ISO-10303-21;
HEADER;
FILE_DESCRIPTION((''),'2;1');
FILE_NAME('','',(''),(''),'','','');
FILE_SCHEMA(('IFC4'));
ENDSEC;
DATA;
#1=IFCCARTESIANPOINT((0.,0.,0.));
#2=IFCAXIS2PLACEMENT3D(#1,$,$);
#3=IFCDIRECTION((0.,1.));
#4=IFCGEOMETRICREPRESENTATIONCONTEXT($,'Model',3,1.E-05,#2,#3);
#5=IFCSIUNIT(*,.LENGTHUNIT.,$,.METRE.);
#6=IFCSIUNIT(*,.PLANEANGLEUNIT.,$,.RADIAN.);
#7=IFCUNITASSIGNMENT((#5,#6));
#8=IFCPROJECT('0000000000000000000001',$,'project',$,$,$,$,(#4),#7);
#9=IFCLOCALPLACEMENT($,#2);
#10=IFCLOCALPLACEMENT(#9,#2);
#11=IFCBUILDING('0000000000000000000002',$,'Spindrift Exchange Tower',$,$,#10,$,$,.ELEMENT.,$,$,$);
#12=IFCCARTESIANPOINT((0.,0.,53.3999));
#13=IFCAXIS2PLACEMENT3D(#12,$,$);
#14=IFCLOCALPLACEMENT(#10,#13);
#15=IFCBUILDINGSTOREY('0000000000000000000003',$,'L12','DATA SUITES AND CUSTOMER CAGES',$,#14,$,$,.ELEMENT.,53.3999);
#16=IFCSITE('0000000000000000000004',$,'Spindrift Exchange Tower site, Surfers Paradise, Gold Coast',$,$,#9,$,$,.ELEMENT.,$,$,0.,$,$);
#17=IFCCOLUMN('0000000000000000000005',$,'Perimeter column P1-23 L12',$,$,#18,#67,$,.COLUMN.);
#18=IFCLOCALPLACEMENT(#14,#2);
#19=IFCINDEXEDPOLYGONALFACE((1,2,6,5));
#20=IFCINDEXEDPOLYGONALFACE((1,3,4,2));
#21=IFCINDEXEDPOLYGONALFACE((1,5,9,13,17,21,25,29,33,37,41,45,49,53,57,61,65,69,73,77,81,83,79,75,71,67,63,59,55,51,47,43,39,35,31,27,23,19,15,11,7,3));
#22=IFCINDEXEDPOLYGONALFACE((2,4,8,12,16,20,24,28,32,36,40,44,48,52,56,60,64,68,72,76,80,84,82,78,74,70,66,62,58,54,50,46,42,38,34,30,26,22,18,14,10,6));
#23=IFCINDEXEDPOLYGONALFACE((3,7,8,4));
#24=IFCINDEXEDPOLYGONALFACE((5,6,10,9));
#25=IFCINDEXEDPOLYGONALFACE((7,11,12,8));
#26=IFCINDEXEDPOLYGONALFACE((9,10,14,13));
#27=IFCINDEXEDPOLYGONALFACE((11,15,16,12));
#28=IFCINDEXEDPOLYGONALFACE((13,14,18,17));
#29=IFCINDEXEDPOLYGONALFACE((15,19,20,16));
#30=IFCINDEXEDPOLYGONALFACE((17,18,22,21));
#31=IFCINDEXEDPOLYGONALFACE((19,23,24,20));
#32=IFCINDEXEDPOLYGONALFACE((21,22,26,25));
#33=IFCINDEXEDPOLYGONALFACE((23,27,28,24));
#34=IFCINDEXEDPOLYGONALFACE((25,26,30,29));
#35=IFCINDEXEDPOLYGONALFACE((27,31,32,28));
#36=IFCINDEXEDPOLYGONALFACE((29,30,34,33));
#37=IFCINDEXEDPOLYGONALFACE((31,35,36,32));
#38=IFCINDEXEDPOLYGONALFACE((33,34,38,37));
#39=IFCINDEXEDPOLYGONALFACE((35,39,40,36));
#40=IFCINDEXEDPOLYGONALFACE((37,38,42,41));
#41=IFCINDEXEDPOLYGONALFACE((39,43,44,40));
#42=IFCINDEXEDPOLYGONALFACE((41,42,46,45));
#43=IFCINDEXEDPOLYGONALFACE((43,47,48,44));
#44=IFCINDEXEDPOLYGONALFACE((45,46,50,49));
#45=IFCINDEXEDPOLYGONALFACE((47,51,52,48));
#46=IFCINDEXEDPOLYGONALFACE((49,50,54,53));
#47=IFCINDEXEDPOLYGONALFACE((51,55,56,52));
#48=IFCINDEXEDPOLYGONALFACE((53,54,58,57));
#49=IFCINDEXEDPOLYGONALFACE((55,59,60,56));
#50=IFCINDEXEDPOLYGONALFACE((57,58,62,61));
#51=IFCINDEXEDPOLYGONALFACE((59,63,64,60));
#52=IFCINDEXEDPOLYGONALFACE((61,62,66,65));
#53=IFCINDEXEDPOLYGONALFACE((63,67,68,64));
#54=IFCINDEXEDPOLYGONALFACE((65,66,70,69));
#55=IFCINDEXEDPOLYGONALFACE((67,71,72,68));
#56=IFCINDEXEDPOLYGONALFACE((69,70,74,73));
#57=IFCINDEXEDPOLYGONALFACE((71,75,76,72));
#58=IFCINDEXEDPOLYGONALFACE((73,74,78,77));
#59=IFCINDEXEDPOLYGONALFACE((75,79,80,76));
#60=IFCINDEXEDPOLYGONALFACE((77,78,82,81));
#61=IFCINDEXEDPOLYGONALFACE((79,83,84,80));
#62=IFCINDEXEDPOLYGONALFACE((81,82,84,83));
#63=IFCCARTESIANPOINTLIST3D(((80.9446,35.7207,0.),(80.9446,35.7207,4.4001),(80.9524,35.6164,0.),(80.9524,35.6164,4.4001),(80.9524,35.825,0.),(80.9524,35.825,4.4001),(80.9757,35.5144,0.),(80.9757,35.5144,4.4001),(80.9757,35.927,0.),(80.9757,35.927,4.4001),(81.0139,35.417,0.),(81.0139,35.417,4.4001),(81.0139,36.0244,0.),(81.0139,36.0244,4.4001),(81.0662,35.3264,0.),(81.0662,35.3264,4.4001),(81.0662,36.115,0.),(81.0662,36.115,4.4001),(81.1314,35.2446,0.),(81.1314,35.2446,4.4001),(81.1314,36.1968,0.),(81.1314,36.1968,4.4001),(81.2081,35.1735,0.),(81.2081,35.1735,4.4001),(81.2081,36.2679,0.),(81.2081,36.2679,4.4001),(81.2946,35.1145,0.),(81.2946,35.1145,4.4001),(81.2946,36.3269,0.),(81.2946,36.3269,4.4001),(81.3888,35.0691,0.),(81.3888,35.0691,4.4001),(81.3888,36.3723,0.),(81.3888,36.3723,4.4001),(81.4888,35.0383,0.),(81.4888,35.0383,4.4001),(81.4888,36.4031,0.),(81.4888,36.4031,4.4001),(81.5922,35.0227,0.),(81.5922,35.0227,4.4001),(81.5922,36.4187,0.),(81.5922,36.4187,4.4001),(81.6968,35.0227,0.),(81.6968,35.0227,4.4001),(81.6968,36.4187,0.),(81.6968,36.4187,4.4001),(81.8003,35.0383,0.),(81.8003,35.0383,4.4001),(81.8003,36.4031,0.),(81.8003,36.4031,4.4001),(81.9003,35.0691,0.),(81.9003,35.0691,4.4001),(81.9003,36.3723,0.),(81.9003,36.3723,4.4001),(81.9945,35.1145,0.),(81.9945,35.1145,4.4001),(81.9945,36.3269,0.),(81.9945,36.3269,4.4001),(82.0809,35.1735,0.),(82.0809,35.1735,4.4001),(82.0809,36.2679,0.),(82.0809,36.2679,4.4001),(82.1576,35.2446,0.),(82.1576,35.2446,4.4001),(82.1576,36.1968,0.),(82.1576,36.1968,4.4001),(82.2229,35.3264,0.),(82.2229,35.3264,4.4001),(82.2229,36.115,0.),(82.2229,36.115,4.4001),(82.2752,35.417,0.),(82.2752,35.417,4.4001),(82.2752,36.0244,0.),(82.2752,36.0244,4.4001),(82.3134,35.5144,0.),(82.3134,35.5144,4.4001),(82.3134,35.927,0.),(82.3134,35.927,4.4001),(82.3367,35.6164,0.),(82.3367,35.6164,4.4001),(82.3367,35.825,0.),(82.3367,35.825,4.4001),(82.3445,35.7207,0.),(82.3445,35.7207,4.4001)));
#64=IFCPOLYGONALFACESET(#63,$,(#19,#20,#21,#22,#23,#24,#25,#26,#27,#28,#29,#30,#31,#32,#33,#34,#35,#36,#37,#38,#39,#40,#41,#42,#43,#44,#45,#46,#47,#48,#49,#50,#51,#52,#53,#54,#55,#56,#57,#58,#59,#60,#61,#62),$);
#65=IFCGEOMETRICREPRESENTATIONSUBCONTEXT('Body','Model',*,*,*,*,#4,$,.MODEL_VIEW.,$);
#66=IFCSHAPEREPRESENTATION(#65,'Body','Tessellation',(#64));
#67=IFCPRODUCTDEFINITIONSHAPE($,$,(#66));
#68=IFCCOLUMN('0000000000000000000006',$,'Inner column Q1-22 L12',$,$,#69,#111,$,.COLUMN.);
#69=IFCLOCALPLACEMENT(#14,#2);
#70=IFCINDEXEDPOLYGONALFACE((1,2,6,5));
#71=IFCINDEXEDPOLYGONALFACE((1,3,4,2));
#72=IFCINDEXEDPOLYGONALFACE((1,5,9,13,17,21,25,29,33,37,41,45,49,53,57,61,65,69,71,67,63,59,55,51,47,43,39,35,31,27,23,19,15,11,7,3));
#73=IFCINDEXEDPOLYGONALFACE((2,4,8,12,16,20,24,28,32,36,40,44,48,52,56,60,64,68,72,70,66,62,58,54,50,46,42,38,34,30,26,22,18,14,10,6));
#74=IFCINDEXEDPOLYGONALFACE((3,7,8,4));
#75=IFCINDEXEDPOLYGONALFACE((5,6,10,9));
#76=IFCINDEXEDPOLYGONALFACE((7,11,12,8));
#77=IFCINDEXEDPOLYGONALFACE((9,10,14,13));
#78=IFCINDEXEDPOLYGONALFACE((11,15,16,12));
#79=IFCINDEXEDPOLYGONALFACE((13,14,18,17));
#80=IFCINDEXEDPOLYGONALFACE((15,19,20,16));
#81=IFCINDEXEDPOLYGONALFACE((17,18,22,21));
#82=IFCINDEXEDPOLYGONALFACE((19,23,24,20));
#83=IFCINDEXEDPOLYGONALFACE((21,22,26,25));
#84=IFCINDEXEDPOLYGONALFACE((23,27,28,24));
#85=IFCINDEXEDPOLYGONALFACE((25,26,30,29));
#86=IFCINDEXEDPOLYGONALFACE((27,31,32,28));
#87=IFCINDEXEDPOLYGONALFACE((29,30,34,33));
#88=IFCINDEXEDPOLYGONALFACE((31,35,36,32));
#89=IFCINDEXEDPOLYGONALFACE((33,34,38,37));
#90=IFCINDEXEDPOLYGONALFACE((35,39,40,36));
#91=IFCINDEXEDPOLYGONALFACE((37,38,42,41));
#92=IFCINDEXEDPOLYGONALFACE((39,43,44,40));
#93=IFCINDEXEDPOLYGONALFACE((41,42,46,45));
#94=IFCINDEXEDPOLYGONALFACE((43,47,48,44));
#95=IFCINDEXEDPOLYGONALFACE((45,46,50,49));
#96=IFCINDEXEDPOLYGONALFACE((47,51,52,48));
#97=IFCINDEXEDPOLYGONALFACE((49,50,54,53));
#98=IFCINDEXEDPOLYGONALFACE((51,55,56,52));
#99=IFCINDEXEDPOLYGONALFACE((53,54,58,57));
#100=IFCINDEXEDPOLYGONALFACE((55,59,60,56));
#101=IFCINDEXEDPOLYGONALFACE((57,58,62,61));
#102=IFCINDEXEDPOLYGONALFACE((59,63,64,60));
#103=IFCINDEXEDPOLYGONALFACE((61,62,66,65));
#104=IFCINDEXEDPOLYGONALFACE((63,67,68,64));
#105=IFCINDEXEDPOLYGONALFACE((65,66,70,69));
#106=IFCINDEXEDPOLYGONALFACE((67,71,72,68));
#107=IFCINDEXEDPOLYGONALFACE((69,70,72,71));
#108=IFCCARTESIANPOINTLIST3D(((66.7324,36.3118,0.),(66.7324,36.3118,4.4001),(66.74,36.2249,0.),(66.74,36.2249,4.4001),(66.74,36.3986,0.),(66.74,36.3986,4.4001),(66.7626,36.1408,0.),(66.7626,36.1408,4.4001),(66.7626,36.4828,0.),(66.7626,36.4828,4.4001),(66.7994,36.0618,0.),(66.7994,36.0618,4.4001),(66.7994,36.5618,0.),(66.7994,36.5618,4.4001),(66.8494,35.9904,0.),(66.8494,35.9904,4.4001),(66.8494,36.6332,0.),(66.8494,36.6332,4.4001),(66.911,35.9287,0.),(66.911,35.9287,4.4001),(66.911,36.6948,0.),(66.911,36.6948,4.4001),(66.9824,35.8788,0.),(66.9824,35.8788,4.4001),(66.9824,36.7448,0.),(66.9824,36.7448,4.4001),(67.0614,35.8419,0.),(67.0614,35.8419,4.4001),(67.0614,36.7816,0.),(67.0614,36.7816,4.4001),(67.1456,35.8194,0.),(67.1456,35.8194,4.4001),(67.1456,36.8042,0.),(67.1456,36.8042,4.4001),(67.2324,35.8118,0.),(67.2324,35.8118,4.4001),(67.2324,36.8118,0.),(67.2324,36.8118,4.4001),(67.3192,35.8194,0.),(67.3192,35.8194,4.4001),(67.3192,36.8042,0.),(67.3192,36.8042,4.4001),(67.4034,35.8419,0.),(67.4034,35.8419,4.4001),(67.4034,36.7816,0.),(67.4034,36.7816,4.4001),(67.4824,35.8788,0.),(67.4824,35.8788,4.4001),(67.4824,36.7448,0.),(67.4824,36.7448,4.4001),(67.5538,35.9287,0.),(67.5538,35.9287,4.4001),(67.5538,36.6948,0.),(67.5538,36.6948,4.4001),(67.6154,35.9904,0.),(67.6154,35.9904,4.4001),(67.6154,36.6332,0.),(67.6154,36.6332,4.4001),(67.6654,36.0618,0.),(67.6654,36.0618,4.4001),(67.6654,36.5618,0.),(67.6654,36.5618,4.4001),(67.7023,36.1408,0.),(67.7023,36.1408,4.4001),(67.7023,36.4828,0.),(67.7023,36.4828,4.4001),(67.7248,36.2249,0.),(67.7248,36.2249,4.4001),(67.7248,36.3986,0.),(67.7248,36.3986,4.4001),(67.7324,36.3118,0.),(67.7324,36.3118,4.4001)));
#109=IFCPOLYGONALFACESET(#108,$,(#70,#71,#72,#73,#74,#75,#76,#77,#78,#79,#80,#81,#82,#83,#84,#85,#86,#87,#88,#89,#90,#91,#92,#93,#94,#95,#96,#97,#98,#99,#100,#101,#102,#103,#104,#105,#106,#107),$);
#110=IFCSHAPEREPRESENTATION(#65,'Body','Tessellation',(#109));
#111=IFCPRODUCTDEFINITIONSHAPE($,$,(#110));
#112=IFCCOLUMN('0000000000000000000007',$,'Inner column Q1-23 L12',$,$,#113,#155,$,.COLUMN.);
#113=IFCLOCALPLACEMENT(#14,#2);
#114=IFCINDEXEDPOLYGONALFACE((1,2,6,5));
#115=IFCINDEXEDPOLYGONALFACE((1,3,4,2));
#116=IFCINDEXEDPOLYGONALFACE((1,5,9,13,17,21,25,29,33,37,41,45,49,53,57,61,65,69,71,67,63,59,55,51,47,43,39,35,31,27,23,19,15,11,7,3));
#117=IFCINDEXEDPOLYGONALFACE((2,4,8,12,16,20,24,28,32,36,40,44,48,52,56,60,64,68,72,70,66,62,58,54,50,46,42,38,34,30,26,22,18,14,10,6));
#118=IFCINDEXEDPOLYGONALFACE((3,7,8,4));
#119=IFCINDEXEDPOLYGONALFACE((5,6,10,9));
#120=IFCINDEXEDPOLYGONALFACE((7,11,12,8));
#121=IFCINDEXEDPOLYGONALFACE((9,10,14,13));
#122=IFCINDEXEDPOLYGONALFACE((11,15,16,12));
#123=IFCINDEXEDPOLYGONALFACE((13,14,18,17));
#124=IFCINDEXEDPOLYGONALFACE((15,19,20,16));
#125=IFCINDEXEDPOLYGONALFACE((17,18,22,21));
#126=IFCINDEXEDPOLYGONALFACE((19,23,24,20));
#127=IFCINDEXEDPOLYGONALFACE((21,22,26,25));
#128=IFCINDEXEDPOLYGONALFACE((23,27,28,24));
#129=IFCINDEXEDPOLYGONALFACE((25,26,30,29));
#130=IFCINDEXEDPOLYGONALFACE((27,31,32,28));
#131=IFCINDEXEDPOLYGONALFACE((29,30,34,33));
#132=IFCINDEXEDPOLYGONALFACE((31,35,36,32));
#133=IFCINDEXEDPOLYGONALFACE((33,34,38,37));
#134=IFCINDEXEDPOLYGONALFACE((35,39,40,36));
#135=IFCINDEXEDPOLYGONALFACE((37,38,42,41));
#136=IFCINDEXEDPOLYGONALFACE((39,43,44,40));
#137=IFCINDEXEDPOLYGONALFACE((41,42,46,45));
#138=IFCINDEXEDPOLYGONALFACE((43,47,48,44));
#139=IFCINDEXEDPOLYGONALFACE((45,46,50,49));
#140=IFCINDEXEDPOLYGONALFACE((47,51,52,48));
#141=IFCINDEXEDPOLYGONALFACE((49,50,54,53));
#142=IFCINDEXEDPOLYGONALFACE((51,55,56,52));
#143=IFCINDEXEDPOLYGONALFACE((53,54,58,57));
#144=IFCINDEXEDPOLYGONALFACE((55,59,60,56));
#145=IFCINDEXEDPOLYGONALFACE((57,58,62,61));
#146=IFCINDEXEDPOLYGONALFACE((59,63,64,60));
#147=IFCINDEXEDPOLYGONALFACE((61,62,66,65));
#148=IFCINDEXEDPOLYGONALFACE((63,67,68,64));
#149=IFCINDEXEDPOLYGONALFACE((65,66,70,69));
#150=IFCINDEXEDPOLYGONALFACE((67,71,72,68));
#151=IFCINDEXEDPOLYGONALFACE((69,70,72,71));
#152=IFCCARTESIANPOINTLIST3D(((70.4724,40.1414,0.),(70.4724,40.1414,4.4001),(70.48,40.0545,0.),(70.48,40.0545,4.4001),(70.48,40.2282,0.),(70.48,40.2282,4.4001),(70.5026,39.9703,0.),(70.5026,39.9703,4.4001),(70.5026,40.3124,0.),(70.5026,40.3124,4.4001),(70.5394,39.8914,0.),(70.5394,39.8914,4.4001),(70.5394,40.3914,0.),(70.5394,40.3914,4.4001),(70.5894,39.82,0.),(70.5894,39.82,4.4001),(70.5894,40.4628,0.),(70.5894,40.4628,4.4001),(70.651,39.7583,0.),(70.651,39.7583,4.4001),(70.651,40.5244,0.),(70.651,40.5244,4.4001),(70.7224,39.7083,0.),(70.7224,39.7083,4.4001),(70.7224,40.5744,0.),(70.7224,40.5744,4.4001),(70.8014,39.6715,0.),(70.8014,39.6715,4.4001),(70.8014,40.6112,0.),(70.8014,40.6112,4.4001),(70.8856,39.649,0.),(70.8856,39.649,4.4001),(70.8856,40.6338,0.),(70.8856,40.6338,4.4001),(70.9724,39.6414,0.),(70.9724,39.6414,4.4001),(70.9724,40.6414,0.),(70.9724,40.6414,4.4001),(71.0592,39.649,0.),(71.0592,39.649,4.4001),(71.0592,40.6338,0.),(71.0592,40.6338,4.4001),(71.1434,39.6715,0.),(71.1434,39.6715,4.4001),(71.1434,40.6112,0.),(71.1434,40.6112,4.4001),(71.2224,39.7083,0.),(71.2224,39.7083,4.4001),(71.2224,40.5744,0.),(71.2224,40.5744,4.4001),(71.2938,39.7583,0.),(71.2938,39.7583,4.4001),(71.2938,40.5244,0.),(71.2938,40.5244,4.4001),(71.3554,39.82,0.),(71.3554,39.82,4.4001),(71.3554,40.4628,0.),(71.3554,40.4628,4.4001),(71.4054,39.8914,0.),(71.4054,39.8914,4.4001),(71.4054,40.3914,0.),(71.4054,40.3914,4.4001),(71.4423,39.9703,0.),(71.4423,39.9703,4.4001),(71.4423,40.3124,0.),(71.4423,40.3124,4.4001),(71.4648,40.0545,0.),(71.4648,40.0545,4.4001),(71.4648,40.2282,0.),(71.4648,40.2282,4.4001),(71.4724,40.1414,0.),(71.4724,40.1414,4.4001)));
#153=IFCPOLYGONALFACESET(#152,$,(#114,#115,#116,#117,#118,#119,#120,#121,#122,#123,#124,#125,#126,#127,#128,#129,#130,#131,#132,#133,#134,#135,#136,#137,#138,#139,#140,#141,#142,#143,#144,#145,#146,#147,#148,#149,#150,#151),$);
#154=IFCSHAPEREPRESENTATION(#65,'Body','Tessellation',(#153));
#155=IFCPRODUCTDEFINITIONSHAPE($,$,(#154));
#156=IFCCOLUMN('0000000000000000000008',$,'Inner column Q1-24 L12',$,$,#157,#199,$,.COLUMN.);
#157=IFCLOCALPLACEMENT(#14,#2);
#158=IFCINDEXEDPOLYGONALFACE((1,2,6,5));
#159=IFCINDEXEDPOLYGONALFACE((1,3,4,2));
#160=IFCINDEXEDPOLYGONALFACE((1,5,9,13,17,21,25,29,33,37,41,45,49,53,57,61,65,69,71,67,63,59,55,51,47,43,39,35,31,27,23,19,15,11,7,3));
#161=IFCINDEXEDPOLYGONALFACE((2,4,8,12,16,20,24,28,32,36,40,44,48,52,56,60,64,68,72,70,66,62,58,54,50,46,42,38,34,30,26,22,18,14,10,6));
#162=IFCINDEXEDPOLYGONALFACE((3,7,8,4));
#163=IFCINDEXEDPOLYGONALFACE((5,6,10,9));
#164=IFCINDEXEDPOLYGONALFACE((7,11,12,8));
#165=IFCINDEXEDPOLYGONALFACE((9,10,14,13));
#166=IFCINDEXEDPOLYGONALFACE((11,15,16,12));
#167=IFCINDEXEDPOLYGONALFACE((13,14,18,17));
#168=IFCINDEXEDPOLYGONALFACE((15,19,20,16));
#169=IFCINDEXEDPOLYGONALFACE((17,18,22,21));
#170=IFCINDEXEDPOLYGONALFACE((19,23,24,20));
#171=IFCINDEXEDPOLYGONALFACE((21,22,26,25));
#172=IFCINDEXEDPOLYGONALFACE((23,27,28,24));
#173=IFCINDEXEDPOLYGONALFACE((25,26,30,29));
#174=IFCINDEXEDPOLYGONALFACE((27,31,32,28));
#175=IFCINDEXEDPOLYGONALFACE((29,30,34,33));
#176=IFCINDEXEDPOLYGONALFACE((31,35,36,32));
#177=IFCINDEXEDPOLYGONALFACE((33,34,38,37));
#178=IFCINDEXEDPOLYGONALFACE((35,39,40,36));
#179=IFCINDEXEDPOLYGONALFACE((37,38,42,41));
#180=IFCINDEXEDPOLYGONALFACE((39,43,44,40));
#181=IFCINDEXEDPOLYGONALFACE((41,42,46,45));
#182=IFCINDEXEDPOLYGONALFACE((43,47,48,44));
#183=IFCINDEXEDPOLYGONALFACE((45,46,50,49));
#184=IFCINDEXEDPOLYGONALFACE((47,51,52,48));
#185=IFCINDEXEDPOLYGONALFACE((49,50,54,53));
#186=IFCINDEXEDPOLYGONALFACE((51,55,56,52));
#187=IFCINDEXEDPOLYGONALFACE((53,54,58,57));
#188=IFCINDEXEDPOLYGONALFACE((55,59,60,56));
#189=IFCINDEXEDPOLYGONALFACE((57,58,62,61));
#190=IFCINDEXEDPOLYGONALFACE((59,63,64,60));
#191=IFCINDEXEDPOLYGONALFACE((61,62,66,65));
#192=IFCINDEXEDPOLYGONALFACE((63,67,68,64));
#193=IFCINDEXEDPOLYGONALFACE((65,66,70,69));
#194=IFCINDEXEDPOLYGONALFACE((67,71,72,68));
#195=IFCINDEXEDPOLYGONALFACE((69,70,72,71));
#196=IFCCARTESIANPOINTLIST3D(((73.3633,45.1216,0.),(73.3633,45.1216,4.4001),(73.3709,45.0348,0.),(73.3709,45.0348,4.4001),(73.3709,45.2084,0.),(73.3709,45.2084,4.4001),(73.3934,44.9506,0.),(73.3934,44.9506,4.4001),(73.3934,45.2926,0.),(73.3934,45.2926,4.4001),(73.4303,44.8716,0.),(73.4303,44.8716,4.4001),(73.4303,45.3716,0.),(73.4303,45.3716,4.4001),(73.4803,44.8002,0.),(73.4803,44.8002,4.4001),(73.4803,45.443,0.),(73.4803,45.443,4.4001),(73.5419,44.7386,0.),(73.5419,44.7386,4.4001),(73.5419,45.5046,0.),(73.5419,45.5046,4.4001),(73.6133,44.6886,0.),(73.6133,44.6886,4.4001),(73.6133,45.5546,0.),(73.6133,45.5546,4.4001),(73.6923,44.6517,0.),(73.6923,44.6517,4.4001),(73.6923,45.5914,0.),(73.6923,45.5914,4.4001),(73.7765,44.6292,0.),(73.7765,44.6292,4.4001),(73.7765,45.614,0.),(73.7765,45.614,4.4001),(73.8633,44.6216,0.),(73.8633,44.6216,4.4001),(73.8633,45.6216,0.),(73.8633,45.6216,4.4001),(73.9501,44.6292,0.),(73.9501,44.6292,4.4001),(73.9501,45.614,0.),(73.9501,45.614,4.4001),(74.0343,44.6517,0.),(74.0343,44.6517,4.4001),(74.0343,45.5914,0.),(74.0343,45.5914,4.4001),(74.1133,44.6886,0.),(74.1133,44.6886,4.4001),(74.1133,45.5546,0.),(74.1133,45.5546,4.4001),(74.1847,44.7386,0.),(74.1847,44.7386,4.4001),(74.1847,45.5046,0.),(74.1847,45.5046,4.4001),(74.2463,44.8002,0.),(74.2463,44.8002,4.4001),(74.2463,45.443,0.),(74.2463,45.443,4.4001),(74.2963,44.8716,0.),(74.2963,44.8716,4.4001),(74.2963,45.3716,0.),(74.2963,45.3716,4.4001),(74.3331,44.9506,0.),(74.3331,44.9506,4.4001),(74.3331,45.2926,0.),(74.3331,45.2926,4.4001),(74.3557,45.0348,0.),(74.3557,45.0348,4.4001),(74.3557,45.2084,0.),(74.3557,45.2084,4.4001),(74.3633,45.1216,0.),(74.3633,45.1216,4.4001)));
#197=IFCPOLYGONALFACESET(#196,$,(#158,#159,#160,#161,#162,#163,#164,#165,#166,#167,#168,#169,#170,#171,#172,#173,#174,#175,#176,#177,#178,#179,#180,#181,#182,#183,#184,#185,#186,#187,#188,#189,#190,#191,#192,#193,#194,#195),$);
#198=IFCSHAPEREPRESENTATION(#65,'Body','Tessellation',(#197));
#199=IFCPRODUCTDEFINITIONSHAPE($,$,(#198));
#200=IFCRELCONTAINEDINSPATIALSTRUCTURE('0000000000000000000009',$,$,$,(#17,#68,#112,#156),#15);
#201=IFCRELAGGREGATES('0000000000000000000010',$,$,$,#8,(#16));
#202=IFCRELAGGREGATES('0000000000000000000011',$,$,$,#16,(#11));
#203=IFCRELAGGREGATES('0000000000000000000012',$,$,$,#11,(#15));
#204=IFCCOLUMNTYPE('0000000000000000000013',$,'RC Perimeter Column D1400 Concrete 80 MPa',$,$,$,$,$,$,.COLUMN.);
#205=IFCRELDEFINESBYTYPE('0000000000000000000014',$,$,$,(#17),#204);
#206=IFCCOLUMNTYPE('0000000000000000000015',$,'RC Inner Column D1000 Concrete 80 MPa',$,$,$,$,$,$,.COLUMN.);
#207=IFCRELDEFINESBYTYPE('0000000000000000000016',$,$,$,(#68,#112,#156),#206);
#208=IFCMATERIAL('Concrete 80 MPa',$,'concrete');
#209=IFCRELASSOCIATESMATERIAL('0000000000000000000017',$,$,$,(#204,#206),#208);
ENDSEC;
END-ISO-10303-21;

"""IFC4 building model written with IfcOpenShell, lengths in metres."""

from ifc_helpers import new_model, si_unit, direction, frame, origin, origin_2d, place, context, subcontext, project, spatial, circle, extrude, source, transform, mapped, material, material_profile, profile_set, type_object, element, save


model = new_model("IFC4")

# Units and contexts
model_context = context("Model", 3, precision=1e-05, world=origin(), true_north=direction((0.0, 1.0)))
body_context = subcontext(model_context, "Body", "Model", "MODEL_VIEW")
ifc_project = project(units=[si_unit("LENGTHUNIT", "METRE"), si_unit("PLANEANGLEUNIT", "RADIAN")], contexts=[model_context])

# Site, building, storey
site_placement = place(None, origin())
site = spatial("IfcSite", under=ifc_project, at=site_placement, Name="Spindrift Exchange Tower site, Surfers Paradise, Gold Coast", CompositionType="ELEMENT", RefElevation=0.0)
building_placement = place(site_placement, origin())
building = spatial("IfcBuilding", under=site, at=building_placement, Name="Spindrift Exchange Tower", CompositionType="ELEMENT")
storey_placement = place(building_placement, frame((0.0, 0.0, 53.3999)))
storey = spatial("IfcBuildingStorey", under=building, at=storey_placement, Name="L12", Description="DATA SUITES AND CUSTOMER CAGES", CompositionType="ELEMENT", Elevation=53.3999)

# Columns
ifc_material_1 = material(Name="Concrete 80 MPa", Category="concrete")
ifc_material_profile_1 = material_profile(ifc_material_1, circle(Radius=0.7, at=origin_2d()), Name="RC D1400")
ifc_profile_set_1 = profile_set([ifc_material_profile_1], Name="Concrete 80 MPa")
column_type_1 = type_object("IfcColumnType", Name="RC Perimeter Column D1400 Concrete 80 MPa", PredefinedType="COLUMN", material=ifc_profile_set_1)
shared_shape_1 = source(origin(), body_context, "Body", "SweptSolid", [
    extrude(circle(Radius=0.7, at=origin_2d()), origin(), (0.0, 0.0, 1.0), 4.4001),
])
column_placement = place(storey_placement, frame((81.6445, 35.7207, 0.0), z_axis=(0.0, 0.0, 1.0), x_axis=(1.0, 0.0, 0.0)))
element("IfcColumn", 1, at=column_placement, inside=storey, type_object=column_type_1, Name="Perimeter column P1-23 L12", PredefinedType="COLUMN", context=body_context, shape_type="MappedRepresentation", body=[
    mapped(shared_shape_1, transform((0.0, 0.0, 0.0), scale=1.0)),
])
ifc_material_profile_2 = material_profile(ifc_material_1, circle(Radius=0.5, at=origin_2d()), Name="RC D1000")
ifc_profile_set_2 = profile_set([ifc_material_profile_2], Name="Concrete 80 MPa")
column_type_2 = type_object("IfcColumnType", Name="RC Inner Column D1000 Concrete 80 MPa", PredefinedType="COLUMN", material=ifc_profile_set_2)
shared_shape_2 = source(origin(), body_context, "Body", "SweptSolid", [
    extrude(circle(Radius=0.5, at=origin_2d()), origin(), (0.0, 0.0, 1.0), 4.4001),
])
for number, where, z_axis, x_axis, name in (
    (2, (67.2324, 36.3118, 0.0), (0.0, 0.0, 1.0), (1.0, 0.0, 0.0), "Inner column Q1-22 L12"),
    (3, (70.9724, 40.1414, 0.0), (0.0, 0.0, 1.0), (1.0, 0.0, 0.0), "Inner column Q1-23 L12"),
    (4, (73.8633, 45.1216, 0.0), (0.0, 0.0, 1.0), (1.0, 0.0, 0.0), "Inner column Q1-24 L12"),
):
    element("IfcColumn", number, at=place(storey_placement, frame(where, z_axis=z_axis, x_axis=x_axis)), inside=storey, type_object=column_type_2, Name=name, PredefinedType="COLUMN", context=body_context, shape_type="MappedRepresentation", body=[
        mapped(shared_shape_2, transform((0.0, 0.0, 0.0), scale=1.0)),
    ])

save(model, "model.ifc")
